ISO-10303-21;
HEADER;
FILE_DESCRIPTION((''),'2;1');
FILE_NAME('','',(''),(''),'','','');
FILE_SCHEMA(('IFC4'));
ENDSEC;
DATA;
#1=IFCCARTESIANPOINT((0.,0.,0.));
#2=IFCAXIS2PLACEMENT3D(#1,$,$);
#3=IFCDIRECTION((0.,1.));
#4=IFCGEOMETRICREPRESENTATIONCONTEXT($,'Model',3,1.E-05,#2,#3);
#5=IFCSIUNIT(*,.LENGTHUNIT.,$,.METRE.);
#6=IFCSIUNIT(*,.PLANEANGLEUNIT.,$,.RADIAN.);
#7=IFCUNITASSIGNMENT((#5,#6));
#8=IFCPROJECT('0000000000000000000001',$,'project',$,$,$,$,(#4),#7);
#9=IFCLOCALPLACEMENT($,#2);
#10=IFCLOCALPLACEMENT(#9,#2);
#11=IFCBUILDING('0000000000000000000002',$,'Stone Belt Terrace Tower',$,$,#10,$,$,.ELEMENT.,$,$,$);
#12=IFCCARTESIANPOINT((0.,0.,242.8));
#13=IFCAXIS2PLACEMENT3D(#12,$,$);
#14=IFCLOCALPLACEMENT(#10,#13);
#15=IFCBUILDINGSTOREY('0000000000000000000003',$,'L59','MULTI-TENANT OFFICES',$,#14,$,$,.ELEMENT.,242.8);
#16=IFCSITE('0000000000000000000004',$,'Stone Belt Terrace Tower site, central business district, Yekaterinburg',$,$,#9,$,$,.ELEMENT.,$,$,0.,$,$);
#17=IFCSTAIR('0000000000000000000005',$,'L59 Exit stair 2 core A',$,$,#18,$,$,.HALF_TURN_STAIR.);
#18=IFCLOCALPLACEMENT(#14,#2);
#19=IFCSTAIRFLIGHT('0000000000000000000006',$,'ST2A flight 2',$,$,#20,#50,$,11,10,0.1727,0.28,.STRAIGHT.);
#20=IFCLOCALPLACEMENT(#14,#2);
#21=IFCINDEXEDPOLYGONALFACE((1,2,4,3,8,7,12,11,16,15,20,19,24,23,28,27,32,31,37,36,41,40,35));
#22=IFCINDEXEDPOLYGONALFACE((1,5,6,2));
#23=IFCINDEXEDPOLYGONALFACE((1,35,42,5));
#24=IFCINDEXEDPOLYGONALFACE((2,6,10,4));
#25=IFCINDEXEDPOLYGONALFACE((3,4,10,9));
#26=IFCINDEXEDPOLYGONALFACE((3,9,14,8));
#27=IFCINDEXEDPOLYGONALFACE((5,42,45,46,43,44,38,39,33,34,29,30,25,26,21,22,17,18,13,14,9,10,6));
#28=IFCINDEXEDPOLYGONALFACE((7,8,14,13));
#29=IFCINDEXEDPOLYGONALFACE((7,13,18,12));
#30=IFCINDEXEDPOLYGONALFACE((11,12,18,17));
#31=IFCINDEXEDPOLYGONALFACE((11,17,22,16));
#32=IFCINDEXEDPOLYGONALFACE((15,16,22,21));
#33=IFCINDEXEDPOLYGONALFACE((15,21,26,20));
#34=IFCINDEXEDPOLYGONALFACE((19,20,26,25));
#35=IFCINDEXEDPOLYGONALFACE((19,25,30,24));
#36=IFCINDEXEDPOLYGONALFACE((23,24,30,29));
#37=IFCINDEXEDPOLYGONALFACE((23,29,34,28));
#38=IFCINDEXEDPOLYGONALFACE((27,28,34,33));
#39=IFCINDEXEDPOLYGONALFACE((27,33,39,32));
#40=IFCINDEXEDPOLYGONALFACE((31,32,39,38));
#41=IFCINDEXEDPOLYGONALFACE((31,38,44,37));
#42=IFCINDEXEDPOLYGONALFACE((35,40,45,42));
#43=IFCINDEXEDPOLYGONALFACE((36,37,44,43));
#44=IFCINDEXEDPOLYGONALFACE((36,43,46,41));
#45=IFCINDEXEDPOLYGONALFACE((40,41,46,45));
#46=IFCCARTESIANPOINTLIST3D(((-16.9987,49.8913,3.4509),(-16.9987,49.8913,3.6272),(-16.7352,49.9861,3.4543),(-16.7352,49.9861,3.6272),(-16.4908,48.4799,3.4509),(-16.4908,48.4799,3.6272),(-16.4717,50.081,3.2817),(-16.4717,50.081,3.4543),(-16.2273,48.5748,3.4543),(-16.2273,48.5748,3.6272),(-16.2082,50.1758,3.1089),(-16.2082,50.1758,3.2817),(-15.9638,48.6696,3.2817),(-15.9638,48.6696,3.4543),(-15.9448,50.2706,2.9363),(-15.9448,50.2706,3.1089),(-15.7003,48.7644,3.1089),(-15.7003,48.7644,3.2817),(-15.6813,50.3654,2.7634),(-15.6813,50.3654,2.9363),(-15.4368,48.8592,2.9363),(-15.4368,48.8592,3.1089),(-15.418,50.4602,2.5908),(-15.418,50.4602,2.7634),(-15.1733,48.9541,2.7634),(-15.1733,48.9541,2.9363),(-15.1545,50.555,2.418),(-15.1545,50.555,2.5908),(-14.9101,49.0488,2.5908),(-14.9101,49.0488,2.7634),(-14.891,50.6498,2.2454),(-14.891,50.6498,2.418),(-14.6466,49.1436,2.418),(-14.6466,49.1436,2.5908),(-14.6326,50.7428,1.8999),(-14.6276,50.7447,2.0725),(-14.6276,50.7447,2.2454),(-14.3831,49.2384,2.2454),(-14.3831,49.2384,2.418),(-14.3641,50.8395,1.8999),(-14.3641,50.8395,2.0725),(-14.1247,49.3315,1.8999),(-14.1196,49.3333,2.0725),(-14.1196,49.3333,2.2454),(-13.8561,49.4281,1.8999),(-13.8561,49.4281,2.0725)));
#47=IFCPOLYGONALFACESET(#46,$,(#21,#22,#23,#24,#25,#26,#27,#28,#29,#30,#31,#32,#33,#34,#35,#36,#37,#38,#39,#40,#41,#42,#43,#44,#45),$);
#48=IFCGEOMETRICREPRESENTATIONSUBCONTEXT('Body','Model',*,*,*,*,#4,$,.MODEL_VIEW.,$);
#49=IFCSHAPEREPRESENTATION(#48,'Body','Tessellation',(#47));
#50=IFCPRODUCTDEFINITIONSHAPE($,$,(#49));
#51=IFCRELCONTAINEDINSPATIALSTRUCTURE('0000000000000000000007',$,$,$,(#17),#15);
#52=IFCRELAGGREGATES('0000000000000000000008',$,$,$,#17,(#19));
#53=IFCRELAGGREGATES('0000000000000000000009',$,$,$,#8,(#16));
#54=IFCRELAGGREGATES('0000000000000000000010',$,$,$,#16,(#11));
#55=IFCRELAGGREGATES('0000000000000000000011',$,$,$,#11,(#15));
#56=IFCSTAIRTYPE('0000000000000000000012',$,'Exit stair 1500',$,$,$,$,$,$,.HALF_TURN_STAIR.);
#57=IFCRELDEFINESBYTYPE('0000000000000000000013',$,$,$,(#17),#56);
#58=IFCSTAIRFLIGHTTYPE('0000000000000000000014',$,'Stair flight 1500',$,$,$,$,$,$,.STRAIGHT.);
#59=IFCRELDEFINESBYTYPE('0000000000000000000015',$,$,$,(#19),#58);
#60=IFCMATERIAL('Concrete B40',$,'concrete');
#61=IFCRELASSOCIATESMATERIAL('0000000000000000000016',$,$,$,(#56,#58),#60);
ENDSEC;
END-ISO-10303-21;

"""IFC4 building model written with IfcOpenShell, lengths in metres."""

from ifc_helpers import new_model, si_unit, direction, frame, origin, place, context, subcontext, project, spatial, polyline, outline, extrude, material, type_object, element, aggregate, save


model = new_model("IFC4")

# Units and contexts
model_context = context("Model", 3, precision=1e-05, world=origin(), true_north=direction((0.0, 1.0)))
body_context = subcontext(model_context, "Body", "Model", "MODEL_VIEW")
ifc_project = project(units=[si_unit("LENGTHUNIT", "METRE"), si_unit("PLANEANGLEUNIT", "RADIAN")], contexts=[model_context])

# Site, building, storey
site_placement = place(None, origin())
site = spatial("IfcSite", under=ifc_project, at=site_placement, Name="Stone Belt Terrace Tower site, central business district, Yekaterinburg", CompositionType="ELEMENT", RefElevation=0.0)
building_placement = place(site_placement, origin())
building = spatial("IfcBuilding", under=site, at=building_placement, Name="Stone Belt Terrace Tower", CompositionType="ELEMENT")
storey_placement = place(building_placement, frame((0.0, 0.0, 242.8)))
storey = spatial("IfcBuildingStorey", under=building, at=storey_placement, Name="L59", Description="MULTI-TENANT OFFICES", CompositionType="ELEMENT", Elevation=242.8)

# Stair, stair flight
ifc_material_1 = material(Name="Concrete B40", Category="concrete")
stair_type = type_object("IfcStairType", Name="Exit stair 1500", PredefinedType="HALF_TURN_STAIR", material=ifc_material_1)
stair_placement = place(storey_placement, origin())
stair = element("IfcStair", 1, at=stair_placement, inside=storey, type_object=stair_type, Name="L59 Exit stair 2 core A", PredefinedType="HALF_TURN_STAIR")
stair_flight_type = type_object("IfcStairFlightType", Name="Stair flight 1500", PredefinedType="STRAIGHT", material=ifc_material_1)
stair_flight_placement = place(storey_placement, frame((-14.1101, 50.1338, 1.8999), z_axis=(0.0, 0.0, 1.0), x_axis=(-0.940922, -0.338624, 0.0)))
stair_flight = element("IfcStairFlight", 2, at=stair_flight_placement, type_object=stair_flight_type, Name="ST2A flight 2", NumberOfRisers=11, NumberOfTreads=10, PredefinedType="STRAIGHT", RiserHeight=0.1727, TreadLength=0.28, context=body_context, shape_type="SweptSolid", body=[
    extrude(outline(polyline([(0.0, 0.0), (0.0, 0.1726), (0.28, 0.1726), (0.28, 0.3455), (0.5601, 0.3455), (0.5601, 0.5181), (0.8401, 0.5181), (0.8401, 0.6909), (1.1201, 0.6909), (1.1201, 0.8635), (1.3999, 0.8635), (1.3999, 1.0364), (1.6799, 1.0364), (1.6799, 1.209), (1.96, 1.209), (1.96, 1.3818), (2.24, 1.3818), (2.24, 1.5544), (2.52, 1.5544), (2.52, 1.7273), (2.8, 1.7273), (2.8, 1.8999), (2.8, 1.551), (0.2854, 0.0), (0.0, 0.0)])), frame((0.0, 0.75, 0.0), z_axis=(0.0, -1.0, 0.0), x_axis=(1.0, 0.0, 0.0)), (0.0, 0.0, 1.0), 1.5),
])
aggregate(stair, [stair_flight])

save(model, "model.ifc")
